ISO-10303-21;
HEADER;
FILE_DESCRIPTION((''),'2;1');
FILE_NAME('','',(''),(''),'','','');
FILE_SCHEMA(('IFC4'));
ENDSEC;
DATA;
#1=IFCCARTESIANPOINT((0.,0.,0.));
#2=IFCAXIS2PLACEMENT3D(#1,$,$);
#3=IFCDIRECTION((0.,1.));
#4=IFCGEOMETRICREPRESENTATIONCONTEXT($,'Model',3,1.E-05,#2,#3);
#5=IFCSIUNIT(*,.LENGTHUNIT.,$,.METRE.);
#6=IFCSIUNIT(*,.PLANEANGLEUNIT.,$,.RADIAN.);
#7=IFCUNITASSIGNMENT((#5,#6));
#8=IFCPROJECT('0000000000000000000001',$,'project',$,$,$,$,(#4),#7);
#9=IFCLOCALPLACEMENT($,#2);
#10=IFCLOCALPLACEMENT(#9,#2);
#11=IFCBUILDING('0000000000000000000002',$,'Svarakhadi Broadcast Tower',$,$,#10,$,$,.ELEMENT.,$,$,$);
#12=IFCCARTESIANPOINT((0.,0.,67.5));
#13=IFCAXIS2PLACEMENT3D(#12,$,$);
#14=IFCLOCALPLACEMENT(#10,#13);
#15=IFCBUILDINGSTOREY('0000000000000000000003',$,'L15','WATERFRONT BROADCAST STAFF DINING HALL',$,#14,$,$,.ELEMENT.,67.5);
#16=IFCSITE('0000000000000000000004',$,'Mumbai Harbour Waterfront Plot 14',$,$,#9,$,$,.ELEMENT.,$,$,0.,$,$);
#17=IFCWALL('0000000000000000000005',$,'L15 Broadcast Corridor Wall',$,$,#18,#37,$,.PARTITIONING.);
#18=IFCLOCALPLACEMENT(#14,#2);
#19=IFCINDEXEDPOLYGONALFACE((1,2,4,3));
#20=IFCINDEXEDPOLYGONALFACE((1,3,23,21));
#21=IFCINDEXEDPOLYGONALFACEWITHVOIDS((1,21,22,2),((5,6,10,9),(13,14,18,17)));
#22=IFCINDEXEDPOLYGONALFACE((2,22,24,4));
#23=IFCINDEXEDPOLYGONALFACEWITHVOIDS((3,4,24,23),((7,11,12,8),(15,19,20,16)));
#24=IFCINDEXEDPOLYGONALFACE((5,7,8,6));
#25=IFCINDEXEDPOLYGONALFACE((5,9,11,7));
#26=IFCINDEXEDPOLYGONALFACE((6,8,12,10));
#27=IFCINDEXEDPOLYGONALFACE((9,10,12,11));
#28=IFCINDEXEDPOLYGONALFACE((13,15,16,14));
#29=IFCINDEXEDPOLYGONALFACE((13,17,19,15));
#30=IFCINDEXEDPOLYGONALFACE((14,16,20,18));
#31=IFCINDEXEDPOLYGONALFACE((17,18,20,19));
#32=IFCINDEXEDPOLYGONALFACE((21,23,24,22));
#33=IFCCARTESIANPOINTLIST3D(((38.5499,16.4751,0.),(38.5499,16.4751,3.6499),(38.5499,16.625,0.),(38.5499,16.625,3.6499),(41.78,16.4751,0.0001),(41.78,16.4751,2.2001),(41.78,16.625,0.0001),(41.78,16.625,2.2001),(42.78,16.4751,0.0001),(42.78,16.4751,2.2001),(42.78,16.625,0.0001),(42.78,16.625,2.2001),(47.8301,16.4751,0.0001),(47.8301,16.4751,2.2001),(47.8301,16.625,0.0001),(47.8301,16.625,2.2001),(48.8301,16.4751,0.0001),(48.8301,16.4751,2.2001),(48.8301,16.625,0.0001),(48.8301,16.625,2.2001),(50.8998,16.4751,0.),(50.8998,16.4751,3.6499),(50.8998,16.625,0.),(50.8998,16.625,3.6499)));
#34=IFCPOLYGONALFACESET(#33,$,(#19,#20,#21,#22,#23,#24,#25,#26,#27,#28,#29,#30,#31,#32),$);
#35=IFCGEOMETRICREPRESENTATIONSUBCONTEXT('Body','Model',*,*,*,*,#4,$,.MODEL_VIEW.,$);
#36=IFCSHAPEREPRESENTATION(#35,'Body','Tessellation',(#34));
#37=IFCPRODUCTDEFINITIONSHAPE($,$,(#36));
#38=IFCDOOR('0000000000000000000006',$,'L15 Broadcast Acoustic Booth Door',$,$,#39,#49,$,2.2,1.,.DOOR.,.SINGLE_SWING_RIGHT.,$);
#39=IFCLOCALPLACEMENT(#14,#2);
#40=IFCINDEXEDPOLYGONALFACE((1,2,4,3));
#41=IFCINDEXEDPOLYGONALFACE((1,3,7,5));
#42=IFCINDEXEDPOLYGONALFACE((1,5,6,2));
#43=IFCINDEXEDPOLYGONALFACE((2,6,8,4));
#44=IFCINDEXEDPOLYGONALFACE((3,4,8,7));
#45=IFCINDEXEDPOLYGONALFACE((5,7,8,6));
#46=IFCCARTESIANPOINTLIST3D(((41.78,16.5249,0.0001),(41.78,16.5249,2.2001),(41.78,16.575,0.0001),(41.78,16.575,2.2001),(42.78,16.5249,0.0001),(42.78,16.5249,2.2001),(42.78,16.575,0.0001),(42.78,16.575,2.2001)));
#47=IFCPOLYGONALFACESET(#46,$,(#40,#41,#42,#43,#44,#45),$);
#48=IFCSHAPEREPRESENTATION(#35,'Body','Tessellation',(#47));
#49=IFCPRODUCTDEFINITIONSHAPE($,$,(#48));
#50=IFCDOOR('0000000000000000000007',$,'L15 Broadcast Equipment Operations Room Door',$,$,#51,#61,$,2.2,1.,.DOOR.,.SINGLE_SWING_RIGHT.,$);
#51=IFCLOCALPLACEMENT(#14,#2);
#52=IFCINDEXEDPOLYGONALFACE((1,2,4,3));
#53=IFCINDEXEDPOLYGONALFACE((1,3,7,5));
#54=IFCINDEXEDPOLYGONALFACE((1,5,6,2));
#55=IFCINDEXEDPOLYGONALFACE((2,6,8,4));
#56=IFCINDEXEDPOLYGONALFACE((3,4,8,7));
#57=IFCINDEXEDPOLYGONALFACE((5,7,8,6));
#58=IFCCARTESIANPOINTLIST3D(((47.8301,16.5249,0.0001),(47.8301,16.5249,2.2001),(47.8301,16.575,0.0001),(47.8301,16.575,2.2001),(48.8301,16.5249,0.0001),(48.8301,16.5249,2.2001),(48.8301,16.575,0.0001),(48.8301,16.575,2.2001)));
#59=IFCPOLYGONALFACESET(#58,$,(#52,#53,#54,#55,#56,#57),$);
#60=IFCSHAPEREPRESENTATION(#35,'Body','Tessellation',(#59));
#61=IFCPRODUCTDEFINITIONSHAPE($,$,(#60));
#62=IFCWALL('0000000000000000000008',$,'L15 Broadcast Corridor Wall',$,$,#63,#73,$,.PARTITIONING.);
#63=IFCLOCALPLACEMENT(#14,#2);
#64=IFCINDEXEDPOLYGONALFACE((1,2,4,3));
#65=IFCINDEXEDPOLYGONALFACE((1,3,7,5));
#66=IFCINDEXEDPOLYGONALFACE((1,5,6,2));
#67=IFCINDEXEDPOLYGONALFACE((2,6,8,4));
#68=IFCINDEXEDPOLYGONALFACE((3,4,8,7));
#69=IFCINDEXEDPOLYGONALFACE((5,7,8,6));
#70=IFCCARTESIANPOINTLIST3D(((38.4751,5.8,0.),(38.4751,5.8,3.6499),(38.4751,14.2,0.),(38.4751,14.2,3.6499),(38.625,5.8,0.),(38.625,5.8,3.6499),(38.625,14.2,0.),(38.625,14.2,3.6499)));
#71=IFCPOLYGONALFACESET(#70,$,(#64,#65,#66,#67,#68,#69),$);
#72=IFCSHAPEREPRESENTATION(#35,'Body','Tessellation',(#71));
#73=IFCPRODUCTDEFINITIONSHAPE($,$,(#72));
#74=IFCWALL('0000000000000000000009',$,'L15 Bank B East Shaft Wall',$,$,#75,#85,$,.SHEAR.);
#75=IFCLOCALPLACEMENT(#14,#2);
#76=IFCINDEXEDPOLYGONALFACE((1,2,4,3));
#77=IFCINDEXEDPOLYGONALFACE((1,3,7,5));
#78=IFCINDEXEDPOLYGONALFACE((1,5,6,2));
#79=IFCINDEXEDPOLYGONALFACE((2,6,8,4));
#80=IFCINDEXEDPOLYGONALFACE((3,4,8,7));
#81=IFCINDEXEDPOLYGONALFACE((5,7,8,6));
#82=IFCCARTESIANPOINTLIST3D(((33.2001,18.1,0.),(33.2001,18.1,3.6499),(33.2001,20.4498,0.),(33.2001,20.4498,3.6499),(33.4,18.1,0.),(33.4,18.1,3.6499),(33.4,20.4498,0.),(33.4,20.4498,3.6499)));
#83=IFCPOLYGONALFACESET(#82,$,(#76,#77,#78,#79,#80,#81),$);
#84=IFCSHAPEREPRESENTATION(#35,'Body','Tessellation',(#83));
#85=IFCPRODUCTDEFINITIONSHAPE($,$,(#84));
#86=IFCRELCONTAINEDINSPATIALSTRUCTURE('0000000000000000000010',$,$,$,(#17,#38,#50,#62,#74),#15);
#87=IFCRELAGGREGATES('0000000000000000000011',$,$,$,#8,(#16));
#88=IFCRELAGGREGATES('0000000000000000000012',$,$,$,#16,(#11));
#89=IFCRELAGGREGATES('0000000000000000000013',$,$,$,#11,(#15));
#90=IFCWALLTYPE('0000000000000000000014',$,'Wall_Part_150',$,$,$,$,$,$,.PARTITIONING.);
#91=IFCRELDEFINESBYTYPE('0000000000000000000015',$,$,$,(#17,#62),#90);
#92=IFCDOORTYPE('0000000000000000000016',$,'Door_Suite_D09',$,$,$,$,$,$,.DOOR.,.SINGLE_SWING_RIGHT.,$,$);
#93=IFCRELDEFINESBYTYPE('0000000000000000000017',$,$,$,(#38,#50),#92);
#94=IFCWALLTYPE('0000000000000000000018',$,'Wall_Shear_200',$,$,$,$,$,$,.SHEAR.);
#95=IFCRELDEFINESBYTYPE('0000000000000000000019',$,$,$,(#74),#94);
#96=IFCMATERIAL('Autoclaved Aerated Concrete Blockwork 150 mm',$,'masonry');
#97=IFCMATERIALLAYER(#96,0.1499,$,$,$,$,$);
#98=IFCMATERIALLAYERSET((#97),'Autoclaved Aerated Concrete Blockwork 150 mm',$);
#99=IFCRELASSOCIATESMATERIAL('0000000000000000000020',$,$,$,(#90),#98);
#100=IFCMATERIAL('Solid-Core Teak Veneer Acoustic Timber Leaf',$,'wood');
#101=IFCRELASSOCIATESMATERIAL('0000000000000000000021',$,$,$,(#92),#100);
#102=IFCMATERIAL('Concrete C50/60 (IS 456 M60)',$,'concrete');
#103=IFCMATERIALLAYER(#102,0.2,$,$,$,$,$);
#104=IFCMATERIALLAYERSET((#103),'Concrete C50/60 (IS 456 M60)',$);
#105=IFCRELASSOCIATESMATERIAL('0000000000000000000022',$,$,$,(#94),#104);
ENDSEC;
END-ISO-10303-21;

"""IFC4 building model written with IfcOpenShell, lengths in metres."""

from ifc_helpers import new_model, si_unit, direction, frame, frame_2d, origin, place, context, subcontext, project, spatial, rectangle, extrude, material, layer, layer_set, type_object, element, fill, save


model = new_model("IFC4")

# Units and contexts
model_context = context("Model", 3, precision=1e-05, world=origin(), true_north=direction((0.0, 1.0)))
body_context = subcontext(model_context, "Body", "Model", "MODEL_VIEW")
ifc_project = project(units=[si_unit("LENGTHUNIT", "METRE"), si_unit("PLANEANGLEUNIT", "RADIAN")], contexts=[model_context])

# Site, building, storey
site_placement = place(None, origin())
site = spatial("IfcSite", under=ifc_project, at=site_placement, Name="Mumbai Harbour Waterfront Plot 14", CompositionType="ELEMENT", RefElevation=0.0)
building_placement = place(site_placement, origin())
building = spatial("IfcBuilding", under=site, at=building_placement, Name="Svarakhadi Broadcast Tower", CompositionType="ELEMENT")
storey_placement = place(building_placement, frame((0.0, 0.0, 67.5)))
storey = spatial("IfcBuildingStorey", under=building, at=storey_placement, Name="L15", Description="WATERFRONT BROADCAST STAFF DINING HALL", CompositionType="ELEMENT", Elevation=67.5)

# Shared definitions
ifc_material_1 = material(Name="Autoclaved Aerated Concrete Blockwork 150 mm", Category="masonry")
ifc_layer_1 = layer(ifc_material_1, 0.1499)
ifc_layer_set_1 = layer_set([ifc_layer_1], Name="Autoclaved Aerated Concrete Blockwork 150 mm")
wall_type_1 = type_object("IfcWallType", Name="Wall_Part_150", PredefinedType="PARTITIONING", material=ifc_layer_set_1)

# Wall, openings, doors
wall_1_placement = place(storey_placement, frame((38.55, 16.55, 0.0), z_axis=(0.0, 0.0, 1.0), x_axis=(1.0, 0.0, 0.0)))
wall_1 = element("IfcWall", 1, at=wall_1_placement, inside=storey, type_object=wall_type_1, Name="L15 Broadcast Corridor Wall", PredefinedType="PARTITIONING", context=body_context, shape_type="SweptSolid", body=[
    extrude(rectangle(XDim=12.3499, YDim=0.1499, at=frame_2d((6.1748, 0.0))), origin(), (0.0, 0.0, 1.0), 3.6499),
])
opening_1_placement = place(wall_1_placement, frame((3.23, 0.0, 0.0)))
opening_1 = element("IfcOpeningElement", 2, at=opening_1_placement, cuts=wall_1, PredefinedType="OPENING", context=body_context, shape_type="SweptSolid", body=[
    extrude(rectangle(XDim=1.0, YDim=2.2, at=frame_2d((0.5, 1.1001))), frame((0.0, 0.085, 0.0), z_axis=(0.0, -1.0, 0.0), x_axis=(1.0, 0.0, 0.0)), (0.0, 0.0, 1.0), 0.1699),
])
opening_2_placement = place(wall_1_placement, frame((9.28, 0.0, 0.0)))
opening_2 = element("IfcOpeningElement", 3, at=opening_2_placement, cuts=wall_1, PredefinedType="OPENING", context=body_context, shape_type="SweptSolid", body=[
    extrude(rectangle(XDim=1.0, YDim=2.2, at=frame_2d((0.5, 1.1001))), frame((0.0, 0.085, 0.0), z_axis=(0.0, -1.0, 0.0), x_axis=(1.0, 0.0, 0.0)), (0.0, 0.0, 1.0), 0.1699),
])
ifc_material_2 = material(Name="Solid-Core Teak Veneer Acoustic Timber Leaf", Category="wood")
door_type_1 = type_object("IfcDoorType", Name="Door_Suite_D09", OperationType="SINGLE_SWING_RIGHT", PredefinedType="DOOR", material=ifc_material_2)
door_1_placement = place(opening_1_placement, origin())
door_1 = element("IfcDoor", 4, at=door_1_placement, inside=storey, type_object=door_type_1, Name="L15 Broadcast Acoustic Booth Door", OperationType="SINGLE_SWING_RIGHT", OverallHeight=2.2, OverallWidth=1.0, PredefinedType="DOOR", context=body_context, shape_type="SweptSolid", body=[
    extrude(rectangle(XDim=1.0, YDim=2.2, at=frame_2d((0.5, 1.1001))), frame((0.0, 0.0249, 0.0), z_axis=(0.0, -1.0, 0.0), x_axis=(1.0, 0.0, 0.0)), (0.0, 0.0, 1.0), 0.05),
])
fill(opening_1, door_1)
door_2_placement = place(opening_2_placement, origin())
door_2 = element("IfcDoor", 5, at=door_2_placement, inside=storey, type_object=door_type_1, Name="L15 Broadcast Equipment Operations Room Door", OperationType="SINGLE_SWING_RIGHT", OverallHeight=2.2, OverallWidth=1.0, PredefinedType="DOOR", context=body_context, shape_type="SweptSolid", body=[
    extrude(rectangle(XDim=1.0, YDim=2.2, at=frame_2d((0.5, 1.1001))), frame((0.0, 0.0249, 0.0), z_axis=(0.0, -1.0, 0.0), x_axis=(1.0, 0.0, 0.0)), (0.0, 0.0, 1.0), 0.05),
])
fill(opening_2, door_2)

# Walls
wall_2_placement = place(storey_placement, frame((38.55, 14.2, 0.0), z_axis=(0.0, 0.0, 1.0), x_axis=(0.0, -1.0, 0.0)))
element("IfcWall", 6, at=wall_2_placement, inside=storey, type_object=wall_type_1, Name="L15 Broadcast Corridor Wall", PredefinedType="PARTITIONING", context=body_context, shape_type="SweptSolid", body=[
    extrude(rectangle(XDim=8.3999, YDim=0.1499, at=frame_2d((4.2, 0.0))), origin(), (0.0, 0.0, 1.0), 3.6499),
])
ifc_material_3 = material(Name="Concrete C50/60 (IS 456 M60)", Category="concrete")
ifc_layer_2 = layer(ifc_material_3, 0.2)
ifc_layer_set_2 = layer_set([ifc_layer_2], Name="Concrete C50/60 (IS 456 M60)")
wall_type_2 = type_object("IfcWallType", Name="Wall_Shear_200", PredefinedType="SHEAR", material=ifc_layer_set_2)
wall_3_placement = place(storey_placement, frame((33.3, 18.1001, 0.0), z_axis=(0.0, 0.0, 1.0), x_axis=(0.0, 1.0, 0.0)))
element("IfcWall", 7, at=wall_3_placement, inside=storey, type_object=wall_type_2, Name="L15 Bank B East Shaft Wall", PredefinedType="SHEAR", context=body_context, shape_type="SweptSolid", body=[
    extrude(rectangle(XDim=2.3499, YDim=0.2, at=frame_2d((1.1748, 0.0))), origin(), (0.0, 0.0, 1.0), 3.6499),
])

save(model, "model.ifc")
